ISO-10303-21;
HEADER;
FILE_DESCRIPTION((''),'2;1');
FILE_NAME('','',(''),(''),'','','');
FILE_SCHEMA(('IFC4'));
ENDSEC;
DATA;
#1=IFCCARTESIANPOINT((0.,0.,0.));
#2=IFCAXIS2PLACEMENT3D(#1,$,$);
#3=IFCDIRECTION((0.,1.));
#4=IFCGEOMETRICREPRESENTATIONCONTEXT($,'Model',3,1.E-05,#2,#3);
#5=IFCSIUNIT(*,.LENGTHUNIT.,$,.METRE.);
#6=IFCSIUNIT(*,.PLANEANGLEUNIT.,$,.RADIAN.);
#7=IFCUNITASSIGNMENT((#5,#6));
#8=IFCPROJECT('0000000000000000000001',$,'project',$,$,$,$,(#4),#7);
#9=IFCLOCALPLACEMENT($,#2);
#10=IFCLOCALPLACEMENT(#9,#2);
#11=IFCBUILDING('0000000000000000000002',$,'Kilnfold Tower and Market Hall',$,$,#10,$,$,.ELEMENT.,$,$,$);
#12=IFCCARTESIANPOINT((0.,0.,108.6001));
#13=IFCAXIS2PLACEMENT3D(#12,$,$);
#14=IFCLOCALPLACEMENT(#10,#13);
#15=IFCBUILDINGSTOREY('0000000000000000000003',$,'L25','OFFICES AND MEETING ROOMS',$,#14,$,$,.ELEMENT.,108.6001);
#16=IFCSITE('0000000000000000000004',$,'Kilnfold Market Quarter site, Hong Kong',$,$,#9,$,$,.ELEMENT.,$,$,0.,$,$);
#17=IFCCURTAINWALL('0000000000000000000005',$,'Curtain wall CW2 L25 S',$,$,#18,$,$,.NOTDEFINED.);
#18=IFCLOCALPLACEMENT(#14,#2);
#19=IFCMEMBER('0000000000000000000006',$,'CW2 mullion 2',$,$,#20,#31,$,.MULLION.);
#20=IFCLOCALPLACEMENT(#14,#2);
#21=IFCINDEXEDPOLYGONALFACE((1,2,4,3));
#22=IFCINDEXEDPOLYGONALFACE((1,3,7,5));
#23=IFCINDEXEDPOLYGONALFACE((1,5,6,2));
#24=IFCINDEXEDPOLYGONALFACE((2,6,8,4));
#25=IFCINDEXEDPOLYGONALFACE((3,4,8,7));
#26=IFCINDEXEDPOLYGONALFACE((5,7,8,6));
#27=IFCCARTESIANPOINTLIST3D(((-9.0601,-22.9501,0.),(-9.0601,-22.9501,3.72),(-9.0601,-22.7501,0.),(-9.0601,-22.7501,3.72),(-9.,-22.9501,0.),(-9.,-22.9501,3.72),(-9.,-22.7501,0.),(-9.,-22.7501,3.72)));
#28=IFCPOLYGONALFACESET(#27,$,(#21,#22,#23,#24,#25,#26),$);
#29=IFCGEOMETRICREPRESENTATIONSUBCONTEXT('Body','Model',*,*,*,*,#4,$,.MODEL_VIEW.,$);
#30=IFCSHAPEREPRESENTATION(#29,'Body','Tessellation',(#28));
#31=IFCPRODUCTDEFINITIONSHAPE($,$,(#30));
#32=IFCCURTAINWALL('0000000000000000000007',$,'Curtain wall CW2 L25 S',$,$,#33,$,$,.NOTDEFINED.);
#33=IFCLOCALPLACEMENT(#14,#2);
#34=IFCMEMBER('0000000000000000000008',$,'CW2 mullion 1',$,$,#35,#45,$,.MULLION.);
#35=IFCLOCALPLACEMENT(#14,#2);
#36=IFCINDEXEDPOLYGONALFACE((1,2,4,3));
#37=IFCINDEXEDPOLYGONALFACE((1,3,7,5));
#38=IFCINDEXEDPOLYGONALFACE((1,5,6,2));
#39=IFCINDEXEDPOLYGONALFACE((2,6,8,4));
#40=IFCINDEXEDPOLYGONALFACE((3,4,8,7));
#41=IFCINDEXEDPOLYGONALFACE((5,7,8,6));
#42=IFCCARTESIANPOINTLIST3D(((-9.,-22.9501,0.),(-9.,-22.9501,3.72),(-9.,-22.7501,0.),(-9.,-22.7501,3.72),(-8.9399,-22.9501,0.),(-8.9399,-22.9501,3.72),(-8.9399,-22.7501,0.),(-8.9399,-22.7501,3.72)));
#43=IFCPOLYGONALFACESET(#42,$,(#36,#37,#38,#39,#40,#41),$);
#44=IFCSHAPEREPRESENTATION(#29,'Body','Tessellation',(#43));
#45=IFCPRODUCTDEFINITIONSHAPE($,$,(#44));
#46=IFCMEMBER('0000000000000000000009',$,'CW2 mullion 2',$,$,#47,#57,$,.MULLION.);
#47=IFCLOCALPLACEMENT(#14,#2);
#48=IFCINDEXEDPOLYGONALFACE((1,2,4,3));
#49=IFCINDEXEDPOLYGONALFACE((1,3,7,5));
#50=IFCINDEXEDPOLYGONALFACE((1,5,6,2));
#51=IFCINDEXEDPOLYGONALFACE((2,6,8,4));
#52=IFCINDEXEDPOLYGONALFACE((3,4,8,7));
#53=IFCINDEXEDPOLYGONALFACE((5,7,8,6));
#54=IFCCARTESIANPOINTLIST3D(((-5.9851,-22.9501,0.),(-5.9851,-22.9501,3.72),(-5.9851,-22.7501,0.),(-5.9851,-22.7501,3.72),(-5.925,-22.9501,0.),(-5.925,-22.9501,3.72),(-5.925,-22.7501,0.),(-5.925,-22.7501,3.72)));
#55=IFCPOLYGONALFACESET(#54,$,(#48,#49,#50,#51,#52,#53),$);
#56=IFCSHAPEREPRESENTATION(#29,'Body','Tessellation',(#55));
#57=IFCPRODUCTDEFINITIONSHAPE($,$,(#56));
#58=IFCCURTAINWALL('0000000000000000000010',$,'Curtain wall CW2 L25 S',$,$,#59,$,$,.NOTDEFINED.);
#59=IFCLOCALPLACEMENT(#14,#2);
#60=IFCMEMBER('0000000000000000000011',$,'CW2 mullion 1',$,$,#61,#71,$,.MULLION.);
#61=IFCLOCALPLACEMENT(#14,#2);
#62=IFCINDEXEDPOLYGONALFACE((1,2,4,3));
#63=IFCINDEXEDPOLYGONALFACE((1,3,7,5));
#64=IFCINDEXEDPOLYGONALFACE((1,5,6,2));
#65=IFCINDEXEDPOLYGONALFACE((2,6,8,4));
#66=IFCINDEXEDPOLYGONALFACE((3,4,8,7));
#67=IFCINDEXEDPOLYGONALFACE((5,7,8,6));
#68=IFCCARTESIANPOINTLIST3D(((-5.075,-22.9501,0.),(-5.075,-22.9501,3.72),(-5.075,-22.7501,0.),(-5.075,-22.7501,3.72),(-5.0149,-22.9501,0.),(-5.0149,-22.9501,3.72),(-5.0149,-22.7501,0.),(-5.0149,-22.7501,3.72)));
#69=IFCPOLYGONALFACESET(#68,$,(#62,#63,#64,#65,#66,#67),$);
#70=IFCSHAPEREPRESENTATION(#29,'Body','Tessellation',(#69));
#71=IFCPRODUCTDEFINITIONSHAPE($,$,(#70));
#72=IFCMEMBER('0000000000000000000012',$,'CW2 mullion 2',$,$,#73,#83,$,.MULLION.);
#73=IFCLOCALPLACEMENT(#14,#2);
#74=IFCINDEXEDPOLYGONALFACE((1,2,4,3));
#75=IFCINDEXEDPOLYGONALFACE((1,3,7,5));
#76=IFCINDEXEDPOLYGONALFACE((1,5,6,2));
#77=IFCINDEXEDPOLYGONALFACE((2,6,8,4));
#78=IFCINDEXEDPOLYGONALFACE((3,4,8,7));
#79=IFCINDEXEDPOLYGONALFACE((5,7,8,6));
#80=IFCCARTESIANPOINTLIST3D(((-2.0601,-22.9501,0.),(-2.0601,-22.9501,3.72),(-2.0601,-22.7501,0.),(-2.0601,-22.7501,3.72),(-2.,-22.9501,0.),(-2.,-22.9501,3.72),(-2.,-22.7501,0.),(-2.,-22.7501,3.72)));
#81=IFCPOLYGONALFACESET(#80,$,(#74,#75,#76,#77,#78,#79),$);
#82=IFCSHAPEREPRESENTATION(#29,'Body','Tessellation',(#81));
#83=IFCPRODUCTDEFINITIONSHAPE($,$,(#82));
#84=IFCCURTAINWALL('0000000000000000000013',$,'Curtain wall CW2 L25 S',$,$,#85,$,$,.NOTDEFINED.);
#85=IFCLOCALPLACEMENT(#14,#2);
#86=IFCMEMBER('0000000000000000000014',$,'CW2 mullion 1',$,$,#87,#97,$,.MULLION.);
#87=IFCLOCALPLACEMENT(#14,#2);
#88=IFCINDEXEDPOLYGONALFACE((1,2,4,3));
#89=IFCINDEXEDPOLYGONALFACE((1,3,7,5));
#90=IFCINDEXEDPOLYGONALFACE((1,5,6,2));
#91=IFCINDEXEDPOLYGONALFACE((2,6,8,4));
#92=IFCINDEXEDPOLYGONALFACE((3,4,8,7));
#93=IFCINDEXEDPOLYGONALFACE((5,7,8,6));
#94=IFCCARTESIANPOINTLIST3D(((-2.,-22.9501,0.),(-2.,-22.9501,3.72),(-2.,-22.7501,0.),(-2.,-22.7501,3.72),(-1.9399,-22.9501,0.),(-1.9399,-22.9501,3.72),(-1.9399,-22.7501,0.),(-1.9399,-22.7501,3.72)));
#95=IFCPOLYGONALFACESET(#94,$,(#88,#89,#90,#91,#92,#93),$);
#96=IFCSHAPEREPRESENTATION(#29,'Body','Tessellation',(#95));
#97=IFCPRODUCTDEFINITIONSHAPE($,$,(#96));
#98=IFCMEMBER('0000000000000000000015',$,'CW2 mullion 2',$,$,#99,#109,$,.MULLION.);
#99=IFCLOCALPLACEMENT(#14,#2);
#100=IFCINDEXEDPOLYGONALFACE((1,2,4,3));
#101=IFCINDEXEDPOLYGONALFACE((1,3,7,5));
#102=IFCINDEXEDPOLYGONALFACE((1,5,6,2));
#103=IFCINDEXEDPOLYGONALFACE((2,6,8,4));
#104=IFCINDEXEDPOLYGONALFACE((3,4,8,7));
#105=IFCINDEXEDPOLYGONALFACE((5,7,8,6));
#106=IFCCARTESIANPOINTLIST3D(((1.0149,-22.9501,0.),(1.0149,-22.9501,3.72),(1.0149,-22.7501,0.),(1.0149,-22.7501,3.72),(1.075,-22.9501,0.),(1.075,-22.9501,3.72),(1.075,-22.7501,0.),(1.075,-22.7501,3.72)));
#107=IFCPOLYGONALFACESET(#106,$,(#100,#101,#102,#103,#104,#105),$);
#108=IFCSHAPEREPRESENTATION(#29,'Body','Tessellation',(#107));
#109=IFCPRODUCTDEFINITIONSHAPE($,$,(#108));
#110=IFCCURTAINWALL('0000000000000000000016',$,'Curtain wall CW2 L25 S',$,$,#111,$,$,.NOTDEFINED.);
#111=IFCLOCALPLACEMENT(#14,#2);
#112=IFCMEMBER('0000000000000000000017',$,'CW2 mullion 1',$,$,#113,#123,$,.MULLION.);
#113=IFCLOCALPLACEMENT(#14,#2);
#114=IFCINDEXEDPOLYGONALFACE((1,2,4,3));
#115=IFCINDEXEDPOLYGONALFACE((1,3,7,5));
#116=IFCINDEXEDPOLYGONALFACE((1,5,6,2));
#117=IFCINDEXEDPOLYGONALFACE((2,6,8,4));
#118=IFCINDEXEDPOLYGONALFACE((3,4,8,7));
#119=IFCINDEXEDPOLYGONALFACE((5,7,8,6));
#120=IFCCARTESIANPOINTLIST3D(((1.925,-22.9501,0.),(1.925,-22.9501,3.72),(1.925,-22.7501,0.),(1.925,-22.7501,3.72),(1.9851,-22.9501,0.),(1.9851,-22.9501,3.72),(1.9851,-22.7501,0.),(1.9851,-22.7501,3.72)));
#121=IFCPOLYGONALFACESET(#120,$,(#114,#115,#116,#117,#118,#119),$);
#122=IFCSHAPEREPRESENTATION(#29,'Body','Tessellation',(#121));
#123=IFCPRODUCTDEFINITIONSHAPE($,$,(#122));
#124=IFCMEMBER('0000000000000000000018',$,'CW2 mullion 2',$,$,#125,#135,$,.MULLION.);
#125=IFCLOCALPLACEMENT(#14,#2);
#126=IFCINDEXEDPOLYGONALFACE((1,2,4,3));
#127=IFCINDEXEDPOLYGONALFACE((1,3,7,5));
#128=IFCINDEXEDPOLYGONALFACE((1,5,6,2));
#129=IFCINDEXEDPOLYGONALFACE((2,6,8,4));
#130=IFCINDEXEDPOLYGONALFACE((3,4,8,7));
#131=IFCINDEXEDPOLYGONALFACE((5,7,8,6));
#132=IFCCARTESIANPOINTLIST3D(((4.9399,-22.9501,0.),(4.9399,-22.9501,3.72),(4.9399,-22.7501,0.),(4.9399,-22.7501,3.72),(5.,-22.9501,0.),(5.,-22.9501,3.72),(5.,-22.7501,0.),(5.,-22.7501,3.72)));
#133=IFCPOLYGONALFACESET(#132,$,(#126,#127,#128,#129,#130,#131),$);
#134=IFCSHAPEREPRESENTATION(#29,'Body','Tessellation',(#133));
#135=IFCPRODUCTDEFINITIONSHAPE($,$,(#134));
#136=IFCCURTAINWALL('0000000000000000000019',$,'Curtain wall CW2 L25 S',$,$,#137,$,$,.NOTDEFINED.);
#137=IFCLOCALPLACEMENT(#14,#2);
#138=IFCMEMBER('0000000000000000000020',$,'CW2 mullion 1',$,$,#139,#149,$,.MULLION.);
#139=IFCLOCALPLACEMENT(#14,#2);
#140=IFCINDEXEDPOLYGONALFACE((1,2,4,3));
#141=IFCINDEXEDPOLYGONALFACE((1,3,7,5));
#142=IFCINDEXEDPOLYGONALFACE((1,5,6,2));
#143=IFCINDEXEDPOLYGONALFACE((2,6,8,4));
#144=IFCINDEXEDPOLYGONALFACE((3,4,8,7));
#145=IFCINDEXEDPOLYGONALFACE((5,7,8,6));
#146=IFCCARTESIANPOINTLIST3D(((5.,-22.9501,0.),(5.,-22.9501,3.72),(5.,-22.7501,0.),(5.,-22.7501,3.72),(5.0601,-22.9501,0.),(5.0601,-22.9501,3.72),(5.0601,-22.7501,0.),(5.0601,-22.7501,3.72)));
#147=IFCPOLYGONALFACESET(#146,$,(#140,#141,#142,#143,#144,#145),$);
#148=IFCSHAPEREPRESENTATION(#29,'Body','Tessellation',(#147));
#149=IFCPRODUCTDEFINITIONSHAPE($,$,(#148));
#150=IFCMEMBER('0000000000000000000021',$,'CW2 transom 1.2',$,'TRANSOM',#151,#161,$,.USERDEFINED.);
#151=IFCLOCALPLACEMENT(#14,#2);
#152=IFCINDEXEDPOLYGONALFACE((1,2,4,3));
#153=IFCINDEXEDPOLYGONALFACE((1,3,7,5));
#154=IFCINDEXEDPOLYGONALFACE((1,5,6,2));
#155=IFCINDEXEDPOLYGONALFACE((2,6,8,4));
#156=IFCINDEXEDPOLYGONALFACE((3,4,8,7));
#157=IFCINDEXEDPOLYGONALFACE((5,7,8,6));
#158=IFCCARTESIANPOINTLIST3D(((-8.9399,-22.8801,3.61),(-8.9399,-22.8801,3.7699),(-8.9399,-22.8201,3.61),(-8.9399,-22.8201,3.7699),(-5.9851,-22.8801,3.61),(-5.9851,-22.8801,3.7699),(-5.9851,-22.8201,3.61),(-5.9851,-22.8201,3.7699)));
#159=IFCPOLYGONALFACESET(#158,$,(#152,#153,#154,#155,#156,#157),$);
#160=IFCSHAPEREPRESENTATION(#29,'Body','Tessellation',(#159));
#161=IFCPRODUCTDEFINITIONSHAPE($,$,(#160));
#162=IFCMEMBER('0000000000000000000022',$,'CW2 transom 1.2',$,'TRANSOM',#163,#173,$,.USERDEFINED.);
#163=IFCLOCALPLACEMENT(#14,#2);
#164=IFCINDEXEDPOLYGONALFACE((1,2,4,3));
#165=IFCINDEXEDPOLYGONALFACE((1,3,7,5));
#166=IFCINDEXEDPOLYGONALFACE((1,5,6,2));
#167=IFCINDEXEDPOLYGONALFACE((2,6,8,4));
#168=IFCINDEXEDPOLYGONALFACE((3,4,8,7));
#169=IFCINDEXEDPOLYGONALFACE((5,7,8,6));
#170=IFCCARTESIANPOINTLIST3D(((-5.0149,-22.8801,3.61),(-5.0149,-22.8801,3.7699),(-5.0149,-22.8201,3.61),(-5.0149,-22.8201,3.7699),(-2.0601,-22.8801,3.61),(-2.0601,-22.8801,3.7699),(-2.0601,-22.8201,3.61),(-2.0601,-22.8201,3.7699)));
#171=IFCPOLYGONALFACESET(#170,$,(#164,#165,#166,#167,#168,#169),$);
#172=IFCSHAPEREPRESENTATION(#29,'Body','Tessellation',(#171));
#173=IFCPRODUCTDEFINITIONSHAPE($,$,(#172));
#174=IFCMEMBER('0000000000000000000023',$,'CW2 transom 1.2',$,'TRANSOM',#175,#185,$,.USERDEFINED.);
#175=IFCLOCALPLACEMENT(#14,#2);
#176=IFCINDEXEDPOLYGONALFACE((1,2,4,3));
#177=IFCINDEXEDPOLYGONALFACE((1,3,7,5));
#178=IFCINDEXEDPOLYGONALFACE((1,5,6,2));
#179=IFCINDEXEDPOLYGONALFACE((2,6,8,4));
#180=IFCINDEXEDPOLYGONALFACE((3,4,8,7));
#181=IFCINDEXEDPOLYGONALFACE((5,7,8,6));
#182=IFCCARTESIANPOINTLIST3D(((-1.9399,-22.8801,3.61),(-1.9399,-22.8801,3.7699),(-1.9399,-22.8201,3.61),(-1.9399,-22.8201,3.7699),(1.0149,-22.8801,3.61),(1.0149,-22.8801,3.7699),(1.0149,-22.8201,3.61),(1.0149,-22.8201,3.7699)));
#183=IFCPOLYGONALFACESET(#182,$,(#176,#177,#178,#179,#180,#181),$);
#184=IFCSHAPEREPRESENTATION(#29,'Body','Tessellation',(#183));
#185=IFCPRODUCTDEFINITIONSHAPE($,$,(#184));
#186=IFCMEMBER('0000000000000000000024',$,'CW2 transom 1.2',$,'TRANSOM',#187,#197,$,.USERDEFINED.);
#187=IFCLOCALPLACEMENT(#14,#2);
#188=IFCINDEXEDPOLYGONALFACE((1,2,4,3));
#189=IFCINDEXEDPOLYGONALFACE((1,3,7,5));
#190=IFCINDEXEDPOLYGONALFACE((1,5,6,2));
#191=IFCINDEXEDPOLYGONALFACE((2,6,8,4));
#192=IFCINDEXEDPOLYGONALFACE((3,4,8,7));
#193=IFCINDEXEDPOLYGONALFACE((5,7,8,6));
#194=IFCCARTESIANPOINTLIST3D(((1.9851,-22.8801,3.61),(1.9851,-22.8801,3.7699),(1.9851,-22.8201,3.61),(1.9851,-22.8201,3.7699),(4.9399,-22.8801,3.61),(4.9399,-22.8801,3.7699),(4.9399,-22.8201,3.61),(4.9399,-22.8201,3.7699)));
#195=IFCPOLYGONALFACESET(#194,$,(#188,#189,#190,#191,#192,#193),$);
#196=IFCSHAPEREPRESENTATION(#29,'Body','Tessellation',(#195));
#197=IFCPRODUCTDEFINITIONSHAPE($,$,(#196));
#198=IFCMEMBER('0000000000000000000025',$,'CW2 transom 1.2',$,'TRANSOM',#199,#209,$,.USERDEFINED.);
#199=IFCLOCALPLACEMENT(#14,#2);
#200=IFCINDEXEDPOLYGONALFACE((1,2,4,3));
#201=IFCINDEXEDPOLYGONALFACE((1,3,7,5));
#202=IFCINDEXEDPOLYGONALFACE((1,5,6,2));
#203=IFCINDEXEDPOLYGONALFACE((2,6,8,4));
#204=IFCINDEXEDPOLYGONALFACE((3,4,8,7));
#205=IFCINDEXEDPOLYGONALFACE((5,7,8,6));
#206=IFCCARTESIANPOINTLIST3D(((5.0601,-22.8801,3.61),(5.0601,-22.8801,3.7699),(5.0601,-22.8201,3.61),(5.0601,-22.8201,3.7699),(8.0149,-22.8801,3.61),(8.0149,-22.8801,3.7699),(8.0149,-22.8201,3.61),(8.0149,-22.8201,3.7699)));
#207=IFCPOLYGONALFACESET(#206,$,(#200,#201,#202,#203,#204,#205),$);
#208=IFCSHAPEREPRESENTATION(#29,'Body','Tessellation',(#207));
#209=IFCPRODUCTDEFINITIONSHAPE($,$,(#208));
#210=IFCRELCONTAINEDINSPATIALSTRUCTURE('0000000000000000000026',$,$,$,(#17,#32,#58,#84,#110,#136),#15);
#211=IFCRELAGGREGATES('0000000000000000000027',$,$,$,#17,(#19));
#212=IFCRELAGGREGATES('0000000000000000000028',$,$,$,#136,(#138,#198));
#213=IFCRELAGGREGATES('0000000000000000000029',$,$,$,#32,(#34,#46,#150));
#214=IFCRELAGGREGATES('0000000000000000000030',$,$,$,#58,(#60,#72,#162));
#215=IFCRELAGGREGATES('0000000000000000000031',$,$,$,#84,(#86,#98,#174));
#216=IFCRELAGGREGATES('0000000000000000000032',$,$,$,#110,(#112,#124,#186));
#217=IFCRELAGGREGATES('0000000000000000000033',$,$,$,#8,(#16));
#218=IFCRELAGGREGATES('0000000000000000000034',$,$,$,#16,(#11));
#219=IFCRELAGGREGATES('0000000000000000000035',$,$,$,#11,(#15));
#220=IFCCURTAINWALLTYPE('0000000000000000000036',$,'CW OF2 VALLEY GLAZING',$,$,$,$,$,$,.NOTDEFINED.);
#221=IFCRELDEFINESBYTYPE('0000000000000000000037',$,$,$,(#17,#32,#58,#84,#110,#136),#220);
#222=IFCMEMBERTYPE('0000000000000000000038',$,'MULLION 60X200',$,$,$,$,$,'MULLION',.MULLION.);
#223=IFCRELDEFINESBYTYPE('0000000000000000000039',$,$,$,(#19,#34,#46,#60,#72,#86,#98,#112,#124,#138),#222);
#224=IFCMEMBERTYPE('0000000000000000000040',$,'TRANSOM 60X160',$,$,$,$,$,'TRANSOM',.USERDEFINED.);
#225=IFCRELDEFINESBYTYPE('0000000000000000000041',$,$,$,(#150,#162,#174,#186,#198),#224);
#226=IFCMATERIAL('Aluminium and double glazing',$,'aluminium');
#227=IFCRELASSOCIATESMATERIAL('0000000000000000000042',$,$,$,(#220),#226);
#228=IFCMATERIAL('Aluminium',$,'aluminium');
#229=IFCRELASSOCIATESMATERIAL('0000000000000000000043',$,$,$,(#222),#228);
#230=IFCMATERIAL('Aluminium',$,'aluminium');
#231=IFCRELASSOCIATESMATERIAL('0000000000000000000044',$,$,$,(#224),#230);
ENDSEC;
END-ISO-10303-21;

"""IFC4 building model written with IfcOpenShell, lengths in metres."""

from ifc_helpers import new_model, si_unit, direction, frame, origin, origin_2d, place, context, subcontext, project, spatial, rectangle, extrude, source, transform, mapped, material, material_profile, profile_set, type_object, element, aggregate, save


model = new_model("IFC4")

# Units and contexts
model_context = context("Model", 3, precision=1e-05, world=origin(), true_north=direction((0.0, 1.0)))
body_context = subcontext(model_context, "Body", "Model", "MODEL_VIEW")
ifc_project = project(units=[si_unit("LENGTHUNIT", "METRE"), si_unit("PLANEANGLEUNIT", "RADIAN")], contexts=[model_context])

# Site, building, storey
site_placement = place(None, origin())
site = spatial("IfcSite", under=ifc_project, at=site_placement, Name="Kilnfold Market Quarter site, Hong Kong", CompositionType="ELEMENT", RefElevation=0.0)
building_placement = place(site_placement, origin())
building = spatial("IfcBuilding", under=site, at=building_placement, Name="Kilnfold Tower and Market Hall", CompositionType="ELEMENT")
storey_placement = place(building_placement, frame((0.0, 0.0, 108.6001)))
storey = spatial("IfcBuildingStorey", under=building, at=storey_placement, Name="L25", Description="OFFICES AND MEETING ROOMS", CompositionType="ELEMENT", Elevation=108.6001)

# Curtain wall, member
ifc_material_1 = material(Name="Aluminium and double glazing", Category="aluminium")
curtain_wall_type = type_object("IfcCurtainWallType", Name="CW OF2 VALLEY GLAZING", PredefinedType="NOTDEFINED", material=ifc_material_1)
curtain_wall_1_placement = place(storey_placement, origin())
curtain_wall_1 = element("IfcCurtainWall", 1, at=curtain_wall_1_placement, inside=storey, type_object=curtain_wall_type, Name="Curtain wall CW2 L25 S", PredefinedType="NOTDEFINED")
ifc_material_2 = material(Name="Aluminium", Category="aluminium")
ifc_material_profile_1 = material_profile(ifc_material_2, rectangle(XDim=0.0601, YDim=0.2, at=origin_2d()), Name="MULLION 60x200")
ifc_profile_set_1 = profile_set([ifc_material_profile_1], Name="Aluminium")
member_type_1 = type_object("IfcMemberType", Name="MULLION 60X200", ElementType="MULLION", PredefinedType="MULLION", material=ifc_profile_set_1)
shared_shape_1 = source(origin(), body_context, "Body", "SweptSolid", [
    extrude(rectangle(XDim=0.0601, YDim=0.2, at=origin_2d()), origin(), (0.0, 0.0, 1.0), 3.72),
])
member_1_placement = place(storey_placement, frame((-9.03, -22.8501, 0.0), z_axis=(0.0, 0.0, 1.0), x_axis=(1.0, 0.0, 0.0)))
member_1 = element("IfcMember", 2, at=member_1_placement, type_object=member_type_1, Name="CW2 mullion 2", PredefinedType="MULLION", context=body_context, shape_type="MappedRepresentation", body=[
    mapped(shared_shape_1, transform((0.0, 0.0, 0.0))),
])
aggregate(curtain_wall_1, [member_1])

# Curtain walls, members
curtain_wall_2_placement = place(storey_placement, origin())
curtain_wall_2 = element("IfcCurtainWall", 3, at=curtain_wall_2_placement, inside=storey, type_object=curtain_wall_type, Name="Curtain wall CW2 L25 S", PredefinedType="NOTDEFINED")
member_2_placement = place(storey_placement, frame((-8.97, -22.8501, 0.0), z_axis=(0.0, 0.0, 1.0), x_axis=(1.0, 0.0, 0.0)))
member_2 = element("IfcMember", 4, at=member_2_placement, type_object=member_type_1, Name="CW2 mullion 1", PredefinedType="MULLION", context=body_context, shape_type="MappedRepresentation", body=[
    mapped(shared_shape_1, transform((0.0, 0.0, 0.0))),
])
member_3_placement = place(storey_placement, frame((-5.9551, -22.8501, 0.0), z_axis=(0.0, 0.0, 1.0), x_axis=(1.0, 0.0, 0.0)))
member_3 = element("IfcMember", 5, at=member_3_placement, type_object=member_type_1, Name="CW2 mullion 2", PredefinedType="MULLION", context=body_context, shape_type="MappedRepresentation", body=[
    mapped(shared_shape_1, transform((0.0, 0.0, 0.0))),
])
curtain_wall_3_placement = place(storey_placement, origin())
curtain_wall_3 = element("IfcCurtainWall", 6, at=curtain_wall_3_placement, inside=storey, type_object=curtain_wall_type, Name="Curtain wall CW2 L25 S", PredefinedType="NOTDEFINED")
member_4_placement = place(storey_placement, frame((-5.0449, -22.8501, 0.0), z_axis=(0.0, 0.0, 1.0), x_axis=(1.0, 0.0, 0.0)))
member_4 = element("IfcMember", 7, at=member_4_placement, type_object=member_type_1, Name="CW2 mullion 1", PredefinedType="MULLION", context=body_context, shape_type="MappedRepresentation", body=[
    mapped(shared_shape_1, transform((0.0, 0.0, 0.0))),
])
member_5_placement = place(storey_placement, frame((-2.03, -22.8501, 0.0), z_axis=(0.0, 0.0, 1.0), x_axis=(1.0, 0.0, 0.0)))
member_5 = element("IfcMember", 8, at=member_5_placement, type_object=member_type_1, Name="CW2 mullion 2", PredefinedType="MULLION", context=body_context, shape_type="MappedRepresentation", body=[
    mapped(shared_shape_1, transform((0.0, 0.0, 0.0))),
])
curtain_wall_4_placement = place(storey_placement, origin())
curtain_wall_4 = element("IfcCurtainWall", 9, at=curtain_wall_4_placement, inside=storey, type_object=curtain_wall_type, Name="Curtain wall CW2 L25 S", PredefinedType="NOTDEFINED")
member_6_placement = place(storey_placement, frame((-1.97, -22.8501, 0.0), z_axis=(0.0, 0.0, 1.0), x_axis=(1.0, 0.0, 0.0)))
member_6 = element("IfcMember", 10, at=member_6_placement, type_object=member_type_1, Name="CW2 mullion 1", PredefinedType="MULLION", context=body_context, shape_type="MappedRepresentation", body=[
    mapped(shared_shape_1, transform((0.0, 0.0, 0.0))),
])
member_7_placement = place(storey_placement, frame((1.0449, -22.8501, 0.0), z_axis=(0.0, 0.0, 1.0), x_axis=(1.0, 0.0, 0.0)))
member_7 = element("IfcMember", 11, at=member_7_placement, type_object=member_type_1, Name="CW2 mullion 2", PredefinedType="MULLION", context=body_context, shape_type="MappedRepresentation", body=[
    mapped(shared_shape_1, transform((0.0, 0.0, 0.0))),
])
curtain_wall_5_placement = place(storey_placement, origin())
curtain_wall_5 = element("IfcCurtainWall", 12, at=curtain_wall_5_placement, inside=storey, type_object=curtain_wall_type, Name="Curtain wall CW2 L25 S", PredefinedType="NOTDEFINED")
member_8_placement = place(storey_placement, frame((1.9551, -22.8501, 0.0), z_axis=(0.0, 0.0, 1.0), x_axis=(1.0, 0.0, 0.0)))
member_8 = element("IfcMember", 13, at=member_8_placement, type_object=member_type_1, Name="CW2 mullion 1", PredefinedType="MULLION", context=body_context, shape_type="MappedRepresentation", body=[
    mapped(shared_shape_1, transform((0.0, 0.0, 0.0))),
])
member_9_placement = place(storey_placement, frame((4.97, -22.8501, 0.0), z_axis=(0.0, 0.0, 1.0), x_axis=(1.0, 0.0, 0.0)))
member_9 = element("IfcMember", 14, at=member_9_placement, type_object=member_type_1, Name="CW2 mullion 2", PredefinedType="MULLION", context=body_context, shape_type="MappedRepresentation", body=[
    mapped(shared_shape_1, transform((0.0, 0.0, 0.0))),
])

# Curtain wall, member
curtain_wall_6_placement = place(storey_placement, origin())
curtain_wall_6 = element("IfcCurtainWall", 15, at=curtain_wall_6_placement, inside=storey, type_object=curtain_wall_type, Name="Curtain wall CW2 L25 S", PredefinedType="NOTDEFINED")
member_10_placement = place(storey_placement, frame((5.03, -22.8501, 0.0), z_axis=(0.0, 0.0, 1.0), x_axis=(1.0, 0.0, 0.0)))
member_10 = element("IfcMember", 16, at=member_10_placement, type_object=member_type_1, Name="CW2 mullion 1", PredefinedType="MULLION", context=body_context, shape_type="MappedRepresentation", body=[
    mapped(shared_shape_1, transform((0.0, 0.0, 0.0))),
])

# Members
ifc_material_3 = material(Name="Aluminium", Category="aluminium")
ifc_material_profile_2 = material_profile(ifc_material_3, rectangle(XDim=0.0601, YDim=0.1599, at=origin_2d()), Name="TRANSOM 60x160")
ifc_profile_set_2 = profile_set([ifc_material_profile_2], Name="Aluminium")
member_type_2 = type_object("IfcMemberType", Name="TRANSOM 60X160", ElementType="TRANSOM", PredefinedType="USERDEFINED", material=ifc_profile_set_2)
shared_shape_2 = source(origin(), body_context, "Body", "SweptSolid", [
    extrude(rectangle(XDim=0.0601, YDim=0.1599, at=origin_2d()), origin(), (0.0, 0.0, 1.0), 2.9548),
])
member_11_placement = place(storey_placement, frame((-8.9399, -22.8501, 3.6899), z_axis=(1.0, 0.0, 0.0), x_axis=(0.0, 1.0, 0.0)))
member_11 = element("IfcMember", 17, at=member_11_placement, type_object=member_type_2, Name="CW2 transom 1.2", ObjectType="TRANSOM", PredefinedType="USERDEFINED", context=body_context, shape_type="MappedRepresentation", body=[
    mapped(shared_shape_2, transform((0.0, 0.0, 0.0))),
])
member_12_placement = place(storey_placement, frame((-5.0149, -22.8501, 3.6899), z_axis=(1.0, 0.0, 0.0), x_axis=(0.0, 1.0, 0.0)))
member_12 = element("IfcMember", 18, at=member_12_placement, type_object=member_type_2, Name="CW2 transom 1.2", ObjectType="TRANSOM", PredefinedType="USERDEFINED", context=body_context, shape_type="MappedRepresentation", body=[
    mapped(shared_shape_2, transform((0.0, 0.0, 0.0))),
])
member_13_placement = place(storey_placement, frame((-1.9399, -22.8501, 3.6899), z_axis=(1.0, 0.0, 0.0), x_axis=(0.0, 1.0, 0.0)))
member_13 = element("IfcMember", 19, at=member_13_placement, type_object=member_type_2, Name="CW2 transom 1.2", ObjectType="TRANSOM", PredefinedType="USERDEFINED", context=body_context, shape_type="MappedRepresentation", body=[
    mapped(shared_shape_2, transform((0.0, 0.0, 0.0))),
])
member_14_placement = place(storey_placement, frame((1.9851, -22.8501, 3.6899), z_axis=(1.0, 0.0, 0.0), x_axis=(0.0, 1.0, 0.0)))
member_14 = element("IfcMember", 20, at=member_14_placement, type_object=member_type_2, Name="CW2 transom 1.2", ObjectType="TRANSOM", PredefinedType="USERDEFINED", context=body_context, shape_type="MappedRepresentation", body=[
    mapped(shared_shape_2, transform((0.0, 0.0, 0.0))),
])
member_15_placement = place(storey_placement, frame((5.0601, -22.8501, 3.6899), z_axis=(1.0, 0.0, 0.0), x_axis=(0.0, 1.0, 0.0)))
member_15 = element("IfcMember", 21, at=member_15_placement, type_object=member_type_2, Name="CW2 transom 1.2", ObjectType="TRANSOM", PredefinedType="USERDEFINED", context=body_context, shape_type="MappedRepresentation", body=[
    mapped(shared_shape_2, transform((0.0, 0.0, 0.0))),
])
aggregate(curtain_wall_6, [member_10, member_15])

aggregate(curtain_wall_2, [member_2, member_3, member_11])
aggregate(curtain_wall_3, [member_4, member_5, member_12])
aggregate(curtain_wall_4, [member_6, member_7, member_13])
aggregate(curtain_wall_5, [member_8, member_9, member_14])

save(model, "model.ifc")
